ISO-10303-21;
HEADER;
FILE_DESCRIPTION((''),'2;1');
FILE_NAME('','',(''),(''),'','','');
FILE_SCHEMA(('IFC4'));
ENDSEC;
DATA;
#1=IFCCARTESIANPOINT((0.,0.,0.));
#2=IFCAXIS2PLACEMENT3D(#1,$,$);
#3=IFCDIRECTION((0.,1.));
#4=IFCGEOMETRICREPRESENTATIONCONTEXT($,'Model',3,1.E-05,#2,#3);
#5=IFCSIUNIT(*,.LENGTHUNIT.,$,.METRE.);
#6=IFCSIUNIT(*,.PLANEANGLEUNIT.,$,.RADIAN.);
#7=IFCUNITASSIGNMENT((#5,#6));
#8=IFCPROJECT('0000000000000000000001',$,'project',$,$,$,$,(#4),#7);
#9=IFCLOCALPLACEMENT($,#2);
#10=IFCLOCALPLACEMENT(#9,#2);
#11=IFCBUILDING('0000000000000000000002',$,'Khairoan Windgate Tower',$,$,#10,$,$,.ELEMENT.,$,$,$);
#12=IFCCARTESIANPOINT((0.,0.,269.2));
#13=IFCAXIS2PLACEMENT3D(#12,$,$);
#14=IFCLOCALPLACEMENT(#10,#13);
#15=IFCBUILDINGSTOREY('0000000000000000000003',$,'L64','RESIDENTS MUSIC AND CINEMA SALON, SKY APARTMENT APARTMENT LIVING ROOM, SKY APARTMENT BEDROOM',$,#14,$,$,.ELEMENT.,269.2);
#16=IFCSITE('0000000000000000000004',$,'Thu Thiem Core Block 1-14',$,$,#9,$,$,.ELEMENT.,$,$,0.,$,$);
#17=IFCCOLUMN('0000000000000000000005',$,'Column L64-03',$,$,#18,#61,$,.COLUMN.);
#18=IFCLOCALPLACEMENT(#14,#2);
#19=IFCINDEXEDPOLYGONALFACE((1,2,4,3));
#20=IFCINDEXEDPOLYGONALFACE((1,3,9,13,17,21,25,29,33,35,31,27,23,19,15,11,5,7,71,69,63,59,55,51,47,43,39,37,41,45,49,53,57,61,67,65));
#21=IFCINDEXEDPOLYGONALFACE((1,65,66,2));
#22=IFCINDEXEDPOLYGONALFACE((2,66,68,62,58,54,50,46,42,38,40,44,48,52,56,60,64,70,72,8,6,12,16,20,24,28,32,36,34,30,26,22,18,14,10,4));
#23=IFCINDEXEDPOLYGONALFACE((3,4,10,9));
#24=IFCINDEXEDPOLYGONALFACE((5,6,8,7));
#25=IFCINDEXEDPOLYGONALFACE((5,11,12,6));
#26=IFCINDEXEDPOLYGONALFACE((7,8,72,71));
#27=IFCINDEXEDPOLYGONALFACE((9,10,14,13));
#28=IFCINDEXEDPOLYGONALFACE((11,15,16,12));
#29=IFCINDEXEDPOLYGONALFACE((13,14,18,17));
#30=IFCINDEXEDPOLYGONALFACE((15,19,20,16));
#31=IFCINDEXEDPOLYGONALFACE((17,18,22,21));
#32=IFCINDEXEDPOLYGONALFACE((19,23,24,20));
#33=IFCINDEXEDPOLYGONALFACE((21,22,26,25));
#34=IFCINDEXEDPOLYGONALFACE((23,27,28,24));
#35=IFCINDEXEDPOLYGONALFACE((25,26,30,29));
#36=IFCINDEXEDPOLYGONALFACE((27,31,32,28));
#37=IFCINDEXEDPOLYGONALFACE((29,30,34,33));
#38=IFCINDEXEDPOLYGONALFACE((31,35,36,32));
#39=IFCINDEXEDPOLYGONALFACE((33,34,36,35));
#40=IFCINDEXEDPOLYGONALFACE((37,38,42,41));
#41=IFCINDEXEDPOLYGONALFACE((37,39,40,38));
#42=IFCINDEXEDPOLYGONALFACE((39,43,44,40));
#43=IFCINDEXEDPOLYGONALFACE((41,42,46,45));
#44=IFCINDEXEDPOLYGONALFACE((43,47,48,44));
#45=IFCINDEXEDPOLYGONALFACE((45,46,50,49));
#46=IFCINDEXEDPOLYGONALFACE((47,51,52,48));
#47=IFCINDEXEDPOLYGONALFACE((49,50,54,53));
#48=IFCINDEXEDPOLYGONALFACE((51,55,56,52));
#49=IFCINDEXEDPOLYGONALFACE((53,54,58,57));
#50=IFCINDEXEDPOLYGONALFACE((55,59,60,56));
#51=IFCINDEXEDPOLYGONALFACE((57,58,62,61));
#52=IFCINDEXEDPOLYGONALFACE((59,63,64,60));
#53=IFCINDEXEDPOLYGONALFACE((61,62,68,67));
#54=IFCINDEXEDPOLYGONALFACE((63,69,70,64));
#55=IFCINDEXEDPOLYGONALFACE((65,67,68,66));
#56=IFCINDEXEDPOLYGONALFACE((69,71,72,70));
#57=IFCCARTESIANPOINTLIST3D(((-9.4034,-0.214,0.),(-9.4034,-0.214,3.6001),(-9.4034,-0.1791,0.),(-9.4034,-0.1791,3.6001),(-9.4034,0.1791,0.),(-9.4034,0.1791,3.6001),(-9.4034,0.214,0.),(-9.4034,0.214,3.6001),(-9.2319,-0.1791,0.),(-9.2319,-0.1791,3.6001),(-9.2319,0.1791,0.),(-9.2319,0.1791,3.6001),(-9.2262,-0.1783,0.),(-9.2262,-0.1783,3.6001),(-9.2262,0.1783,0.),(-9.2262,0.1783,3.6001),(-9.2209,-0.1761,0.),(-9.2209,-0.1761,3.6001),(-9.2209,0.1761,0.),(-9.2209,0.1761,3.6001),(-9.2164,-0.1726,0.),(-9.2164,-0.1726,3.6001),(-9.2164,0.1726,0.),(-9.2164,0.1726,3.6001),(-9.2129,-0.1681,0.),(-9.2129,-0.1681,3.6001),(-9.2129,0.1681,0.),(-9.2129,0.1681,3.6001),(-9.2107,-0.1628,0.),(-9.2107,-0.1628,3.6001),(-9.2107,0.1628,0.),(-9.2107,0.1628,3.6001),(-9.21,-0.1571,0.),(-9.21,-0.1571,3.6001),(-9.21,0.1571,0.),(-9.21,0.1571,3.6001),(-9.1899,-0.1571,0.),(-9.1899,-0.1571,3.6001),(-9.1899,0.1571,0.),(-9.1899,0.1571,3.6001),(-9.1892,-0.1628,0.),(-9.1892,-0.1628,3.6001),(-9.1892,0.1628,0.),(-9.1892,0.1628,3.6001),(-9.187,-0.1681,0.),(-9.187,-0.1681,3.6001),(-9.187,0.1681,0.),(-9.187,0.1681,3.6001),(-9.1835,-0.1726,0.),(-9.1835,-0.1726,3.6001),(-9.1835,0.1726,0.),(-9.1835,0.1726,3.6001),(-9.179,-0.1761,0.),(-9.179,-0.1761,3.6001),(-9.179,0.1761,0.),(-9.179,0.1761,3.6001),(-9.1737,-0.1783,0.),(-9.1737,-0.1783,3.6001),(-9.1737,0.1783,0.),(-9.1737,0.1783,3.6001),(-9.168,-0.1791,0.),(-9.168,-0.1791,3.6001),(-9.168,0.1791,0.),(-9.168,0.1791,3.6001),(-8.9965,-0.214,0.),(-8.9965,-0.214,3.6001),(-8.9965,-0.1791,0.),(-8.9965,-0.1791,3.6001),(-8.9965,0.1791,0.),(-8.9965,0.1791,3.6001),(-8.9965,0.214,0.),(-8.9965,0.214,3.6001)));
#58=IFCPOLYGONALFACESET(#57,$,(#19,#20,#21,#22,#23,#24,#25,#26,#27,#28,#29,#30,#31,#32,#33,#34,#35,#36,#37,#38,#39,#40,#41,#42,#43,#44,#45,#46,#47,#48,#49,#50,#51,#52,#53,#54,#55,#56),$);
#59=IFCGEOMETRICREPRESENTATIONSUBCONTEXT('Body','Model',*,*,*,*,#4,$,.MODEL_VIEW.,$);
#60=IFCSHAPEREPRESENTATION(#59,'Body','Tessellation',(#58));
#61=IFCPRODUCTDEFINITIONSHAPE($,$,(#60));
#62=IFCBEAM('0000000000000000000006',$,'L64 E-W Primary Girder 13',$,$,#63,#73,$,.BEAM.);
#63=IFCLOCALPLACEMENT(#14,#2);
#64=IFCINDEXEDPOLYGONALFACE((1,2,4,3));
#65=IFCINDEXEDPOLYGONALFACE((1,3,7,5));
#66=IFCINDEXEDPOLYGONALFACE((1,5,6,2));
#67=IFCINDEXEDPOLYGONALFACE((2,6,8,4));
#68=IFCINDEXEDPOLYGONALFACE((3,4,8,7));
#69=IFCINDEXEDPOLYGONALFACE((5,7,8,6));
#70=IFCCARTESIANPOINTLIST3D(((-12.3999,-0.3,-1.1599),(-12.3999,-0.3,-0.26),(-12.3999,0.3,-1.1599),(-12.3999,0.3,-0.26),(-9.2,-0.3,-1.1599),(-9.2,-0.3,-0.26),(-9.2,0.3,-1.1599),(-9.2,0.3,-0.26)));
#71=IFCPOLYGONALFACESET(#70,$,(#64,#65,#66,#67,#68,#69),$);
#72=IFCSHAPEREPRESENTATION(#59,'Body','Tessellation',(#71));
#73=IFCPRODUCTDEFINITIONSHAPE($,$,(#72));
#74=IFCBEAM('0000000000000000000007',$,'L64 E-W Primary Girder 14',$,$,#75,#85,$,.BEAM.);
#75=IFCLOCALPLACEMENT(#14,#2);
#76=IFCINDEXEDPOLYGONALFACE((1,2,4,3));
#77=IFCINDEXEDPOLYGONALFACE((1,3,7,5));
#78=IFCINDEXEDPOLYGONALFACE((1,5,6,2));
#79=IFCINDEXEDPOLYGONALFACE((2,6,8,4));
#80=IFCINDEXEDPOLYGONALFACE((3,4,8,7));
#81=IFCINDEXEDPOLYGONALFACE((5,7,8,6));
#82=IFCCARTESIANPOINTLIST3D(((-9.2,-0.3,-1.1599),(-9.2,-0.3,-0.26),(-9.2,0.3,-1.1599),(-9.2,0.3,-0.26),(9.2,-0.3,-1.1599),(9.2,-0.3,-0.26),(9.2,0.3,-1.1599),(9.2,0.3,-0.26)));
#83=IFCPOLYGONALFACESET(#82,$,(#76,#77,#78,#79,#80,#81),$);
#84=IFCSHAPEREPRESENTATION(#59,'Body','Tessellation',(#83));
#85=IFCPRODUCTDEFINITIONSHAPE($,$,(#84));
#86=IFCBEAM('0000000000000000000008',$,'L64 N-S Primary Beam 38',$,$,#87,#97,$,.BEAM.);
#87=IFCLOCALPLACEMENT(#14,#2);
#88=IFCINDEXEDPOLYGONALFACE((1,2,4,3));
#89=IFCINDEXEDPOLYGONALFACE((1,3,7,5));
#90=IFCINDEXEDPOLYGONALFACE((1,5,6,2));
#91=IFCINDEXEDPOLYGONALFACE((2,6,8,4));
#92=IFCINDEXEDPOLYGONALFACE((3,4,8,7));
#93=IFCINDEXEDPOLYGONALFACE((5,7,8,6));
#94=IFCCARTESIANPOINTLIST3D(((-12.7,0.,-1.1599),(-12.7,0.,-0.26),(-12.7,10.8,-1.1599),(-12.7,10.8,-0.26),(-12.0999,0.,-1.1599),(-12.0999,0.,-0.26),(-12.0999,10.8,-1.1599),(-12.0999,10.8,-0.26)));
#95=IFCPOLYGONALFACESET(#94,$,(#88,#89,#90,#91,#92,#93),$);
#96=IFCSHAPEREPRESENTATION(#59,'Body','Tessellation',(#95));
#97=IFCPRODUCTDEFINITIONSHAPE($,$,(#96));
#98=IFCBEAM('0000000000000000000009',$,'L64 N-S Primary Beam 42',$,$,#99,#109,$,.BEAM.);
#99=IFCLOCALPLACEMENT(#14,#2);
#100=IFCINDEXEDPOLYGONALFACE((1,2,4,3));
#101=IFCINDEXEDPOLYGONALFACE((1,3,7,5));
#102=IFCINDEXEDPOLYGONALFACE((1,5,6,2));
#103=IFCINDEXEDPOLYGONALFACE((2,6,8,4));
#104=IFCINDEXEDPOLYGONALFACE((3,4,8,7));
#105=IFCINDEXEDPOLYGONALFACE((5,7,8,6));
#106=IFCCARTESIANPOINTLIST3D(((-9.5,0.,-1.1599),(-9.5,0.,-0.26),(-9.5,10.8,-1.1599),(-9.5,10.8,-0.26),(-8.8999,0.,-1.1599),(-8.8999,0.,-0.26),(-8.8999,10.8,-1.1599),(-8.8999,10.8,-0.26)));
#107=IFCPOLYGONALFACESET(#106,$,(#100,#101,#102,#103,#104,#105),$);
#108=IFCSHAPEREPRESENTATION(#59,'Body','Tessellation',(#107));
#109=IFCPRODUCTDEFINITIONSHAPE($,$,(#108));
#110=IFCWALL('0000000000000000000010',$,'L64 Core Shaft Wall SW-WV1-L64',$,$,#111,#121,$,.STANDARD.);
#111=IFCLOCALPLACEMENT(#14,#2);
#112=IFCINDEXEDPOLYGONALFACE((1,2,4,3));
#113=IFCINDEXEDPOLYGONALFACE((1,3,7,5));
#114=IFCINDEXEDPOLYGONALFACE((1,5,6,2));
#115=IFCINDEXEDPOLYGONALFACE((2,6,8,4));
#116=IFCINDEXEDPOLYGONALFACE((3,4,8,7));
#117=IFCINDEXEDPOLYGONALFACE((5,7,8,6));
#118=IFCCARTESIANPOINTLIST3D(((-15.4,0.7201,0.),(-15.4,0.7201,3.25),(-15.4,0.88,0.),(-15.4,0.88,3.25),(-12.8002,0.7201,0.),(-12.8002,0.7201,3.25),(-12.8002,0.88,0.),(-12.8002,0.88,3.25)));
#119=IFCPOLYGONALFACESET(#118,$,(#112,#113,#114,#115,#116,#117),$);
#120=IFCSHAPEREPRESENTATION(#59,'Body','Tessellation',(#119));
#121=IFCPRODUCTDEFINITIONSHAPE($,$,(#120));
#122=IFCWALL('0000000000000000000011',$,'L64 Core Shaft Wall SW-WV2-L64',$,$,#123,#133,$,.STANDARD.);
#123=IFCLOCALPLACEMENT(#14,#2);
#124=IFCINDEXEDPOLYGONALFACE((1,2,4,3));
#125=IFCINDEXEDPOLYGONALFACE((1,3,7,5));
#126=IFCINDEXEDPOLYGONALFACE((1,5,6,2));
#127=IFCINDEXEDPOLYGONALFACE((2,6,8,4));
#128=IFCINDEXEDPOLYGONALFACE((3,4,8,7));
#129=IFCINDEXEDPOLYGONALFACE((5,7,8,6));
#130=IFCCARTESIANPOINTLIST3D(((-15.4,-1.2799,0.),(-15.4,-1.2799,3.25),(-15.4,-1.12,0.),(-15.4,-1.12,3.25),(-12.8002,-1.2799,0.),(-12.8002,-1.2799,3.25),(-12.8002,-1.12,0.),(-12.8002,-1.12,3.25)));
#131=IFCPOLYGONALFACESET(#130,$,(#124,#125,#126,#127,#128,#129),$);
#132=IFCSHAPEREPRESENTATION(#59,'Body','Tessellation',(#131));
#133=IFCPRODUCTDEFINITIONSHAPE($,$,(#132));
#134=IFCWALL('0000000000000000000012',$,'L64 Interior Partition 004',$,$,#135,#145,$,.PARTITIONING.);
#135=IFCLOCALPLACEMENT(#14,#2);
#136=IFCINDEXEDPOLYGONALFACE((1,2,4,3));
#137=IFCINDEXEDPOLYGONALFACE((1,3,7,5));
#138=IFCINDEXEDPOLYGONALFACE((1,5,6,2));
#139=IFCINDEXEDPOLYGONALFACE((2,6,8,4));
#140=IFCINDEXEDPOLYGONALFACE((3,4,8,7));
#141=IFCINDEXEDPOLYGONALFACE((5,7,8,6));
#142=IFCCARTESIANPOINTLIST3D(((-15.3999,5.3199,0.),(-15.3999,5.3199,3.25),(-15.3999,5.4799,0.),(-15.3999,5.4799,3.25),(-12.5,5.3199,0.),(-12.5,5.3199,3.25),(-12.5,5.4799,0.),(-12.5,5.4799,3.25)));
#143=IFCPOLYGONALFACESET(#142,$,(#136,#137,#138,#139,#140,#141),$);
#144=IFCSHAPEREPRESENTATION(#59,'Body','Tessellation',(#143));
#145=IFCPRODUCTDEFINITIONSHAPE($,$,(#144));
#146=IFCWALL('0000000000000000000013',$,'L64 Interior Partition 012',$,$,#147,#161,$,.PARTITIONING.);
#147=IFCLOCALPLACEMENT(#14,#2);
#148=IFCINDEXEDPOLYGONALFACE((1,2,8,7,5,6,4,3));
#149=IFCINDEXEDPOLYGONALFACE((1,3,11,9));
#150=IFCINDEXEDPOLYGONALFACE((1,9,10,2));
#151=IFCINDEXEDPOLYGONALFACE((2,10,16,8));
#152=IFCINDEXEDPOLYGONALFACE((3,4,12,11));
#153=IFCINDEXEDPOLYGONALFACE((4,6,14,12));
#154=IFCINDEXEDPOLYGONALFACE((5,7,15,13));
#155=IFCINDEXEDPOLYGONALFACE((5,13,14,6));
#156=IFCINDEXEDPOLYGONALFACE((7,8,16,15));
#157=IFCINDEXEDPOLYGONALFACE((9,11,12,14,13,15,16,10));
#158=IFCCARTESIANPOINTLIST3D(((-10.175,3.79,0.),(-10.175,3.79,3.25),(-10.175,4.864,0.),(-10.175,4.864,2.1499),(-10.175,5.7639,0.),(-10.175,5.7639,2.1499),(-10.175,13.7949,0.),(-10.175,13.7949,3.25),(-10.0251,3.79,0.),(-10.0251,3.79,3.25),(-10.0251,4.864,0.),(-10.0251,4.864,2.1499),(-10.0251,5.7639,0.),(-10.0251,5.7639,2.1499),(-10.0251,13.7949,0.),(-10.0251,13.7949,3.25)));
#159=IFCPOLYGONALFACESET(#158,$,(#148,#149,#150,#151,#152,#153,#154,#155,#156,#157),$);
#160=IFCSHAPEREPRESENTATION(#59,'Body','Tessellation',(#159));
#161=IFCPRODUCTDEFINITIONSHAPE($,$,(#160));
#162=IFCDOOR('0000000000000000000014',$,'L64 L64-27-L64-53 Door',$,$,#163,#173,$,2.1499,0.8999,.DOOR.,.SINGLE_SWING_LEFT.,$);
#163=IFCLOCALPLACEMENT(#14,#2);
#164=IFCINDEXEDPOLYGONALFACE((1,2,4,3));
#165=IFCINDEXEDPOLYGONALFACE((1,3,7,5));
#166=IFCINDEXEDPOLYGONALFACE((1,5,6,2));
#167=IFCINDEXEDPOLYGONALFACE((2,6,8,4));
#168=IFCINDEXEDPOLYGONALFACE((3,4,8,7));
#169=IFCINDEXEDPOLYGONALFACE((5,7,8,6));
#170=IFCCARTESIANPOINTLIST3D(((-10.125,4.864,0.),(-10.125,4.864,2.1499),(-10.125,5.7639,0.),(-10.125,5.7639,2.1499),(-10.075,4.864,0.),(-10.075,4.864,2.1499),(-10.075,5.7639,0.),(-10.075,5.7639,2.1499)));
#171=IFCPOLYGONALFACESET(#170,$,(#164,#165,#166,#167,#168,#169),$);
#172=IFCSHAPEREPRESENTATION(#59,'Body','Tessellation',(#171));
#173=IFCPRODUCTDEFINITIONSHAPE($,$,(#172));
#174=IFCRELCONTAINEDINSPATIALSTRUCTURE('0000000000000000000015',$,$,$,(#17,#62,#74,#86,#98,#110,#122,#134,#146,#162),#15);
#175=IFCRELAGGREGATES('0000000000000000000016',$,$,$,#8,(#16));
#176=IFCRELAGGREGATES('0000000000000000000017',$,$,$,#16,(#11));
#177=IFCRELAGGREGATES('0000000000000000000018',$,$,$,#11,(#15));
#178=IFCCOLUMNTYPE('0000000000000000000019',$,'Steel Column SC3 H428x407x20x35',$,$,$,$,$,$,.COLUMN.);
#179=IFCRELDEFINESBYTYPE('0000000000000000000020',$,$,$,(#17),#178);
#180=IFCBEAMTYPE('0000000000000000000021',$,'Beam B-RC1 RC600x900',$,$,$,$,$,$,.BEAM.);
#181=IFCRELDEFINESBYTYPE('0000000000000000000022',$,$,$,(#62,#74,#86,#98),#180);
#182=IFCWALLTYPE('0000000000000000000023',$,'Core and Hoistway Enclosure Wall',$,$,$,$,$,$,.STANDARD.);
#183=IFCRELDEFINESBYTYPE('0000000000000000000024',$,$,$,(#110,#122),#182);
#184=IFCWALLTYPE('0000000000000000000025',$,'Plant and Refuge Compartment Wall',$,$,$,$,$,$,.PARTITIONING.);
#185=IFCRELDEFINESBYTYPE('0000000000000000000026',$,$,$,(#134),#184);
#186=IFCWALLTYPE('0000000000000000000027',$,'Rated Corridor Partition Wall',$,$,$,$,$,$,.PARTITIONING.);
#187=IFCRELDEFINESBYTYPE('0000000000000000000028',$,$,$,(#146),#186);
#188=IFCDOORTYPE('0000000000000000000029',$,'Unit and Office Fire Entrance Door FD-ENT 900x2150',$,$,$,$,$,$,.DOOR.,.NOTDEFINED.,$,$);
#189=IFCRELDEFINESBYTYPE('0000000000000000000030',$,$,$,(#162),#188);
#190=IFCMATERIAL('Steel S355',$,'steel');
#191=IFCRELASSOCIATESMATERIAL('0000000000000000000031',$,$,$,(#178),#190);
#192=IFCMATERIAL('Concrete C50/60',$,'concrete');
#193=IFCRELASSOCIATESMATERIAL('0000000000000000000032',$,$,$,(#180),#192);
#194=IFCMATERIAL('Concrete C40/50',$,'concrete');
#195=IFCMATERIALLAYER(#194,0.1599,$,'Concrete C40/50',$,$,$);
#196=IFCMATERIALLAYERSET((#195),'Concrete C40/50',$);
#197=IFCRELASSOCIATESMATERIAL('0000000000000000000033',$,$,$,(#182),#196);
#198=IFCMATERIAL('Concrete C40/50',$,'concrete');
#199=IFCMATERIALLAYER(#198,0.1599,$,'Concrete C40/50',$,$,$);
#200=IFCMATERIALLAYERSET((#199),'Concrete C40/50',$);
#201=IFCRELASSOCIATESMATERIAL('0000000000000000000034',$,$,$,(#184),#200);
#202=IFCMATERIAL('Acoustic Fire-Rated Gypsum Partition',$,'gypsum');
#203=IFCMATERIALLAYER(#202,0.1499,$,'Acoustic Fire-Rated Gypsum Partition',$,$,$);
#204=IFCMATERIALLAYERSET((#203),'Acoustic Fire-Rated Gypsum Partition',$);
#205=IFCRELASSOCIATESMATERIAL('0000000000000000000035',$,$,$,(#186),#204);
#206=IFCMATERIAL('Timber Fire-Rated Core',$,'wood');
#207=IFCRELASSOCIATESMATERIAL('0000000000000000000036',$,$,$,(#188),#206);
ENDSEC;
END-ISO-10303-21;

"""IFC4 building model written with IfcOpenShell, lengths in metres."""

from ifc_helpers import new_model, si_unit, direction, frame, frame_2d, origin, origin_2d, place, context, subcontext, project, spatial, rectangle, i_section, extrude, material, layer, layer_set, material_profile, profile_set, type_object, element, fill, save


model = new_model("IFC4")

# Units and contexts
model_context = context("Model", 3, precision=1e-05, world=origin(), true_north=direction((0.0, 1.0)))
body_context = subcontext(model_context, "Body", "Model", "MODEL_VIEW")
ifc_project = project(units=[si_unit("LENGTHUNIT", "METRE"), si_unit("PLANEANGLEUNIT", "RADIAN")], contexts=[model_context])

# Site, building, storey
site_placement = place(None, origin())
site = spatial("IfcSite", under=ifc_project, at=site_placement, Name="Thu Thiem Core Block 1-14", CompositionType="ELEMENT", RefElevation=0.0)
building_placement = place(site_placement, origin())
building = spatial("IfcBuilding", under=site, at=building_placement, Name="Khairoan Windgate Tower", CompositionType="ELEMENT")
storey_placement = place(building_placement, frame((0.0, 0.0, 269.2)))
storey = spatial("IfcBuildingStorey", under=building, at=storey_placement, Name="L64", Description="RESIDENTS MUSIC AND CINEMA SALON, SKY APARTMENT APARTMENT LIVING ROOM, SKY APARTMENT BEDROOM", CompositionType="ELEMENT", Elevation=269.2)

# Column
ifc_material_1 = material(Name="Steel S355", Category="steel")
ifc_material_profile_1 = material_profile(ifc_material_1, i_section(OverallWidth=0.407, OverallDepth=0.428, WebThickness=0.02, FlangeThickness=0.0349, FilletRadius=0.022, at=origin_2d()))
ifc_profile_set_1 = profile_set([ifc_material_profile_1], Name="Steel S355")
column_type = type_object("IfcColumnType", Name="Steel Column SC3 H428x407x20x35", PredefinedType="COLUMN", material=ifc_profile_set_1)
column_placement = place(storey_placement, frame((-9.2, 0.0, 0.0), z_axis=(0.0, 0.0, 1.0), x_axis=(1.0, 0.0, 0.0)))
element("IfcColumn", 1, at=column_placement, inside=storey, type_object=column_type, Name="Column L64-03", PredefinedType="COLUMN", context=body_context, shape_type="SweptSolid", body=[
    extrude(i_section(OverallWidth=0.407, OverallDepth=0.428, WebThickness=0.02, FlangeThickness=0.0349, FilletRadius=0.022, at=origin_2d()), origin(), (0.0, 0.0, 1.0), 3.6001),
])

# Beams
ifc_material_2 = material(Name="Concrete C50/60", Category="concrete")
ifc_material_profile_2 = material_profile(ifc_material_2, rectangle(XDim=0.6001, YDim=0.8999, at=origin_2d()))
ifc_profile_set_2 = profile_set([ifc_material_profile_2], Name="Concrete C50/60")
beam_type = type_object("IfcBeamType", Name="Beam B-RC1 RC600x900", PredefinedType="BEAM", material=ifc_profile_set_2)
beam_1_placement = place(storey_placement, frame((-12.3999, 0.0, -0.71), z_axis=(1.0, 0.0, 0.0), x_axis=(0.0, 1.0, 0.0)))
element("IfcBeam", 2, at=beam_1_placement, inside=storey, type_object=beam_type, Name="L64 E-W Primary Girder 13", PredefinedType="BEAM", context=body_context, shape_type="SweptSolid", body=[
    extrude(rectangle(XDim=0.6001, YDim=0.8999, at=origin_2d()), origin(), (0.0, 0.0, 1.0), 3.2),
])
beam_2_placement = place(storey_placement, frame((-9.2, 0.0, -0.71), z_axis=(1.0, 0.0, 0.0), x_axis=(0.0, 1.0, 0.0)))
element("IfcBeam", 3, at=beam_2_placement, inside=storey, type_object=beam_type, Name="L64 E-W Primary Girder 14", PredefinedType="BEAM", context=body_context, shape_type="SweptSolid", body=[
    extrude(rectangle(XDim=0.6001, YDim=0.8999, at=origin_2d()), origin(), (0.0, 0.0, 1.0), 18.3999),
])
for number, where, z_axis, x_axis, name in (
    (4, (-12.3999, 0.0, -0.71), (0.0, 1.0, 0.0), (-1.0, 0.0, 0.0), "L64 N-S Primary Beam 38"),
    (5, (-9.2, 0.0, -0.71), (0.0, 1.0, 0.0), (-1.0, 0.0, 0.0), "L64 N-S Primary Beam 42"),
):
    element("IfcBeam", number, at=place(storey_placement, frame(where, z_axis=z_axis, x_axis=x_axis)), inside=storey, type_object=beam_type, Name=name, PredefinedType="BEAM", context=body_context, shape_type="SweptSolid", body=[
        extrude(rectangle(XDim=0.6001, YDim=0.8999, at=origin_2d()), origin(), (0.0, 0.0, 1.0), 10.8),
    ])

# Walls
ifc_material_3 = material(Name="Concrete C40/50", Category="concrete")
ifc_layer_1 = layer(ifc_material_3, 0.1599, Name="Concrete C40/50")
ifc_layer_set_1 = layer_set([ifc_layer_1], Name="Concrete C40/50")
wall_type_1 = type_object("IfcWallType", Name="Core and Hoistway Enclosure Wall", PredefinedType="STANDARD", material=ifc_layer_set_1)
for number, where, z_axis, x_axis, name in (
    (6, (-15.3999, 0.8, 0.0), (0.0, 0.0, 1.0), (1.0, 0.0, 0.0), "L64 Core Shaft Wall SW-WV1-L64"),
    (7, (-15.3999, -1.2, 0.0), (0.0, 0.0, 1.0), (1.0, 0.0, 0.0), "L64 Core Shaft Wall SW-WV2-L64"),
):
    element("IfcWall", number, at=place(storey_placement, frame(where, z_axis=z_axis, x_axis=x_axis)), inside=storey, type_object=wall_type_1, Name=name, PredefinedType="STANDARD", context=body_context, shape_type="SweptSolid", body=[
        extrude(rectangle(XDim=2.5999, YDim=0.1599, at=frame_2d((1.2998, 0.0))), origin(), (0.0, 0.0, 1.0), 3.25),
    ])
ifc_material_4 = material(Name="Concrete C40/50", Category="concrete")
ifc_layer_2 = layer(ifc_material_4, 0.1599, Name="Concrete C40/50")
ifc_layer_set_2 = layer_set([ifc_layer_2], Name="Concrete C40/50")
wall_type_2 = type_object("IfcWallType", Name="Plant and Refuge Compartment Wall", PredefinedType="PARTITIONING", material=ifc_layer_set_2)
wall_1_placement = place(storey_placement, frame((-15.3999, 5.3999, 0.0), z_axis=(0.0, 0.0, 1.0), x_axis=(1.0, 0.0, 0.0)))
element("IfcWall", 8, at=wall_1_placement, inside=storey, type_object=wall_type_2, Name="L64 Interior Partition 004", PredefinedType="PARTITIONING", context=body_context, shape_type="SweptSolid", body=[
    extrude(rectangle(XDim=2.8999, YDim=0.1599, at=frame_2d((1.45, 0.0))), origin(), (0.0, 0.0, 1.0), 3.25),
])

# Wall, opening, door
ifc_material_5 = material(Name="Acoustic Fire-Rated Gypsum Partition", Category="gypsum")
ifc_layer_3 = layer(ifc_material_5, 0.1499, Name="Acoustic Fire-Rated Gypsum Partition")
ifc_layer_set_3 = layer_set([ifc_layer_3], Name="Acoustic Fire-Rated Gypsum Partition")
wall_type_3 = type_object("IfcWallType", Name="Rated Corridor Partition Wall", PredefinedType="PARTITIONING", material=ifc_layer_set_3)
wall_2_placement = place(storey_placement, frame((-10.1001, 3.79, 0.0), z_axis=(0.0, 0.0, 1.0), x_axis=(0.0, 1.0, 0.0)))
wall_2 = element("IfcWall", 9, at=wall_2_placement, inside=storey, type_object=wall_type_3, Name="L64 Interior Partition 012", PredefinedType="PARTITIONING", context=body_context, shape_type="SweptSolid", body=[
    extrude(rectangle(XDim=10.0049, YDim=0.1499, at=frame_2d((5.0024, 0.0))), origin(), (0.0, 0.0, 1.0), 3.25),
])
opening_1_placement = place(wall_2_placement, frame((1.074, 0.0, 0.0)))
opening_1 = element("IfcOpeningElement", 10, at=opening_1_placement, cuts=wall_2, PredefinedType="OPENING", context=body_context, shape_type="SweptSolid", body=[
    extrude(rectangle(XDim=0.8999, YDim=2.1499, at=frame_2d((0.45, 1.075))), frame((0.0, 0.085, 0.0), z_axis=(0.0, -1.0, 0.0), x_axis=(1.0, 0.0, 0.0)), (0.0, 0.0, 1.0), 0.1699),
])
ifc_material_6 = material(Name="Timber Fire-Rated Core", Category="wood")
door_type = type_object("IfcDoorType", Name="Unit and Office Fire Entrance Door FD-ENT 900x2150", OperationType="NOTDEFINED", PredefinedType="DOOR", material=ifc_material_6)
door_1_placement = place(opening_1_placement, origin())
door_1 = element("IfcDoor", 11, at=door_1_placement, inside=storey, type_object=door_type, Name="L64 L64-27-L64-53 Door", OperationType="SINGLE_SWING_LEFT", OverallHeight=2.1499, OverallWidth=0.8999, PredefinedType="DOOR", context=body_context, shape_type="SweptSolid", body=[
    extrude(rectangle(XDim=0.8999, YDim=2.1499, at=frame_2d((0.45, 1.075))), frame((0.0, 0.0249, 0.0), z_axis=(0.0, -1.0, 0.0), x_axis=(1.0, 0.0, 0.0)), (0.0, 0.0, 1.0), 0.05),
])
fill(opening_1, door_1)

save(model, "model.ifc")
